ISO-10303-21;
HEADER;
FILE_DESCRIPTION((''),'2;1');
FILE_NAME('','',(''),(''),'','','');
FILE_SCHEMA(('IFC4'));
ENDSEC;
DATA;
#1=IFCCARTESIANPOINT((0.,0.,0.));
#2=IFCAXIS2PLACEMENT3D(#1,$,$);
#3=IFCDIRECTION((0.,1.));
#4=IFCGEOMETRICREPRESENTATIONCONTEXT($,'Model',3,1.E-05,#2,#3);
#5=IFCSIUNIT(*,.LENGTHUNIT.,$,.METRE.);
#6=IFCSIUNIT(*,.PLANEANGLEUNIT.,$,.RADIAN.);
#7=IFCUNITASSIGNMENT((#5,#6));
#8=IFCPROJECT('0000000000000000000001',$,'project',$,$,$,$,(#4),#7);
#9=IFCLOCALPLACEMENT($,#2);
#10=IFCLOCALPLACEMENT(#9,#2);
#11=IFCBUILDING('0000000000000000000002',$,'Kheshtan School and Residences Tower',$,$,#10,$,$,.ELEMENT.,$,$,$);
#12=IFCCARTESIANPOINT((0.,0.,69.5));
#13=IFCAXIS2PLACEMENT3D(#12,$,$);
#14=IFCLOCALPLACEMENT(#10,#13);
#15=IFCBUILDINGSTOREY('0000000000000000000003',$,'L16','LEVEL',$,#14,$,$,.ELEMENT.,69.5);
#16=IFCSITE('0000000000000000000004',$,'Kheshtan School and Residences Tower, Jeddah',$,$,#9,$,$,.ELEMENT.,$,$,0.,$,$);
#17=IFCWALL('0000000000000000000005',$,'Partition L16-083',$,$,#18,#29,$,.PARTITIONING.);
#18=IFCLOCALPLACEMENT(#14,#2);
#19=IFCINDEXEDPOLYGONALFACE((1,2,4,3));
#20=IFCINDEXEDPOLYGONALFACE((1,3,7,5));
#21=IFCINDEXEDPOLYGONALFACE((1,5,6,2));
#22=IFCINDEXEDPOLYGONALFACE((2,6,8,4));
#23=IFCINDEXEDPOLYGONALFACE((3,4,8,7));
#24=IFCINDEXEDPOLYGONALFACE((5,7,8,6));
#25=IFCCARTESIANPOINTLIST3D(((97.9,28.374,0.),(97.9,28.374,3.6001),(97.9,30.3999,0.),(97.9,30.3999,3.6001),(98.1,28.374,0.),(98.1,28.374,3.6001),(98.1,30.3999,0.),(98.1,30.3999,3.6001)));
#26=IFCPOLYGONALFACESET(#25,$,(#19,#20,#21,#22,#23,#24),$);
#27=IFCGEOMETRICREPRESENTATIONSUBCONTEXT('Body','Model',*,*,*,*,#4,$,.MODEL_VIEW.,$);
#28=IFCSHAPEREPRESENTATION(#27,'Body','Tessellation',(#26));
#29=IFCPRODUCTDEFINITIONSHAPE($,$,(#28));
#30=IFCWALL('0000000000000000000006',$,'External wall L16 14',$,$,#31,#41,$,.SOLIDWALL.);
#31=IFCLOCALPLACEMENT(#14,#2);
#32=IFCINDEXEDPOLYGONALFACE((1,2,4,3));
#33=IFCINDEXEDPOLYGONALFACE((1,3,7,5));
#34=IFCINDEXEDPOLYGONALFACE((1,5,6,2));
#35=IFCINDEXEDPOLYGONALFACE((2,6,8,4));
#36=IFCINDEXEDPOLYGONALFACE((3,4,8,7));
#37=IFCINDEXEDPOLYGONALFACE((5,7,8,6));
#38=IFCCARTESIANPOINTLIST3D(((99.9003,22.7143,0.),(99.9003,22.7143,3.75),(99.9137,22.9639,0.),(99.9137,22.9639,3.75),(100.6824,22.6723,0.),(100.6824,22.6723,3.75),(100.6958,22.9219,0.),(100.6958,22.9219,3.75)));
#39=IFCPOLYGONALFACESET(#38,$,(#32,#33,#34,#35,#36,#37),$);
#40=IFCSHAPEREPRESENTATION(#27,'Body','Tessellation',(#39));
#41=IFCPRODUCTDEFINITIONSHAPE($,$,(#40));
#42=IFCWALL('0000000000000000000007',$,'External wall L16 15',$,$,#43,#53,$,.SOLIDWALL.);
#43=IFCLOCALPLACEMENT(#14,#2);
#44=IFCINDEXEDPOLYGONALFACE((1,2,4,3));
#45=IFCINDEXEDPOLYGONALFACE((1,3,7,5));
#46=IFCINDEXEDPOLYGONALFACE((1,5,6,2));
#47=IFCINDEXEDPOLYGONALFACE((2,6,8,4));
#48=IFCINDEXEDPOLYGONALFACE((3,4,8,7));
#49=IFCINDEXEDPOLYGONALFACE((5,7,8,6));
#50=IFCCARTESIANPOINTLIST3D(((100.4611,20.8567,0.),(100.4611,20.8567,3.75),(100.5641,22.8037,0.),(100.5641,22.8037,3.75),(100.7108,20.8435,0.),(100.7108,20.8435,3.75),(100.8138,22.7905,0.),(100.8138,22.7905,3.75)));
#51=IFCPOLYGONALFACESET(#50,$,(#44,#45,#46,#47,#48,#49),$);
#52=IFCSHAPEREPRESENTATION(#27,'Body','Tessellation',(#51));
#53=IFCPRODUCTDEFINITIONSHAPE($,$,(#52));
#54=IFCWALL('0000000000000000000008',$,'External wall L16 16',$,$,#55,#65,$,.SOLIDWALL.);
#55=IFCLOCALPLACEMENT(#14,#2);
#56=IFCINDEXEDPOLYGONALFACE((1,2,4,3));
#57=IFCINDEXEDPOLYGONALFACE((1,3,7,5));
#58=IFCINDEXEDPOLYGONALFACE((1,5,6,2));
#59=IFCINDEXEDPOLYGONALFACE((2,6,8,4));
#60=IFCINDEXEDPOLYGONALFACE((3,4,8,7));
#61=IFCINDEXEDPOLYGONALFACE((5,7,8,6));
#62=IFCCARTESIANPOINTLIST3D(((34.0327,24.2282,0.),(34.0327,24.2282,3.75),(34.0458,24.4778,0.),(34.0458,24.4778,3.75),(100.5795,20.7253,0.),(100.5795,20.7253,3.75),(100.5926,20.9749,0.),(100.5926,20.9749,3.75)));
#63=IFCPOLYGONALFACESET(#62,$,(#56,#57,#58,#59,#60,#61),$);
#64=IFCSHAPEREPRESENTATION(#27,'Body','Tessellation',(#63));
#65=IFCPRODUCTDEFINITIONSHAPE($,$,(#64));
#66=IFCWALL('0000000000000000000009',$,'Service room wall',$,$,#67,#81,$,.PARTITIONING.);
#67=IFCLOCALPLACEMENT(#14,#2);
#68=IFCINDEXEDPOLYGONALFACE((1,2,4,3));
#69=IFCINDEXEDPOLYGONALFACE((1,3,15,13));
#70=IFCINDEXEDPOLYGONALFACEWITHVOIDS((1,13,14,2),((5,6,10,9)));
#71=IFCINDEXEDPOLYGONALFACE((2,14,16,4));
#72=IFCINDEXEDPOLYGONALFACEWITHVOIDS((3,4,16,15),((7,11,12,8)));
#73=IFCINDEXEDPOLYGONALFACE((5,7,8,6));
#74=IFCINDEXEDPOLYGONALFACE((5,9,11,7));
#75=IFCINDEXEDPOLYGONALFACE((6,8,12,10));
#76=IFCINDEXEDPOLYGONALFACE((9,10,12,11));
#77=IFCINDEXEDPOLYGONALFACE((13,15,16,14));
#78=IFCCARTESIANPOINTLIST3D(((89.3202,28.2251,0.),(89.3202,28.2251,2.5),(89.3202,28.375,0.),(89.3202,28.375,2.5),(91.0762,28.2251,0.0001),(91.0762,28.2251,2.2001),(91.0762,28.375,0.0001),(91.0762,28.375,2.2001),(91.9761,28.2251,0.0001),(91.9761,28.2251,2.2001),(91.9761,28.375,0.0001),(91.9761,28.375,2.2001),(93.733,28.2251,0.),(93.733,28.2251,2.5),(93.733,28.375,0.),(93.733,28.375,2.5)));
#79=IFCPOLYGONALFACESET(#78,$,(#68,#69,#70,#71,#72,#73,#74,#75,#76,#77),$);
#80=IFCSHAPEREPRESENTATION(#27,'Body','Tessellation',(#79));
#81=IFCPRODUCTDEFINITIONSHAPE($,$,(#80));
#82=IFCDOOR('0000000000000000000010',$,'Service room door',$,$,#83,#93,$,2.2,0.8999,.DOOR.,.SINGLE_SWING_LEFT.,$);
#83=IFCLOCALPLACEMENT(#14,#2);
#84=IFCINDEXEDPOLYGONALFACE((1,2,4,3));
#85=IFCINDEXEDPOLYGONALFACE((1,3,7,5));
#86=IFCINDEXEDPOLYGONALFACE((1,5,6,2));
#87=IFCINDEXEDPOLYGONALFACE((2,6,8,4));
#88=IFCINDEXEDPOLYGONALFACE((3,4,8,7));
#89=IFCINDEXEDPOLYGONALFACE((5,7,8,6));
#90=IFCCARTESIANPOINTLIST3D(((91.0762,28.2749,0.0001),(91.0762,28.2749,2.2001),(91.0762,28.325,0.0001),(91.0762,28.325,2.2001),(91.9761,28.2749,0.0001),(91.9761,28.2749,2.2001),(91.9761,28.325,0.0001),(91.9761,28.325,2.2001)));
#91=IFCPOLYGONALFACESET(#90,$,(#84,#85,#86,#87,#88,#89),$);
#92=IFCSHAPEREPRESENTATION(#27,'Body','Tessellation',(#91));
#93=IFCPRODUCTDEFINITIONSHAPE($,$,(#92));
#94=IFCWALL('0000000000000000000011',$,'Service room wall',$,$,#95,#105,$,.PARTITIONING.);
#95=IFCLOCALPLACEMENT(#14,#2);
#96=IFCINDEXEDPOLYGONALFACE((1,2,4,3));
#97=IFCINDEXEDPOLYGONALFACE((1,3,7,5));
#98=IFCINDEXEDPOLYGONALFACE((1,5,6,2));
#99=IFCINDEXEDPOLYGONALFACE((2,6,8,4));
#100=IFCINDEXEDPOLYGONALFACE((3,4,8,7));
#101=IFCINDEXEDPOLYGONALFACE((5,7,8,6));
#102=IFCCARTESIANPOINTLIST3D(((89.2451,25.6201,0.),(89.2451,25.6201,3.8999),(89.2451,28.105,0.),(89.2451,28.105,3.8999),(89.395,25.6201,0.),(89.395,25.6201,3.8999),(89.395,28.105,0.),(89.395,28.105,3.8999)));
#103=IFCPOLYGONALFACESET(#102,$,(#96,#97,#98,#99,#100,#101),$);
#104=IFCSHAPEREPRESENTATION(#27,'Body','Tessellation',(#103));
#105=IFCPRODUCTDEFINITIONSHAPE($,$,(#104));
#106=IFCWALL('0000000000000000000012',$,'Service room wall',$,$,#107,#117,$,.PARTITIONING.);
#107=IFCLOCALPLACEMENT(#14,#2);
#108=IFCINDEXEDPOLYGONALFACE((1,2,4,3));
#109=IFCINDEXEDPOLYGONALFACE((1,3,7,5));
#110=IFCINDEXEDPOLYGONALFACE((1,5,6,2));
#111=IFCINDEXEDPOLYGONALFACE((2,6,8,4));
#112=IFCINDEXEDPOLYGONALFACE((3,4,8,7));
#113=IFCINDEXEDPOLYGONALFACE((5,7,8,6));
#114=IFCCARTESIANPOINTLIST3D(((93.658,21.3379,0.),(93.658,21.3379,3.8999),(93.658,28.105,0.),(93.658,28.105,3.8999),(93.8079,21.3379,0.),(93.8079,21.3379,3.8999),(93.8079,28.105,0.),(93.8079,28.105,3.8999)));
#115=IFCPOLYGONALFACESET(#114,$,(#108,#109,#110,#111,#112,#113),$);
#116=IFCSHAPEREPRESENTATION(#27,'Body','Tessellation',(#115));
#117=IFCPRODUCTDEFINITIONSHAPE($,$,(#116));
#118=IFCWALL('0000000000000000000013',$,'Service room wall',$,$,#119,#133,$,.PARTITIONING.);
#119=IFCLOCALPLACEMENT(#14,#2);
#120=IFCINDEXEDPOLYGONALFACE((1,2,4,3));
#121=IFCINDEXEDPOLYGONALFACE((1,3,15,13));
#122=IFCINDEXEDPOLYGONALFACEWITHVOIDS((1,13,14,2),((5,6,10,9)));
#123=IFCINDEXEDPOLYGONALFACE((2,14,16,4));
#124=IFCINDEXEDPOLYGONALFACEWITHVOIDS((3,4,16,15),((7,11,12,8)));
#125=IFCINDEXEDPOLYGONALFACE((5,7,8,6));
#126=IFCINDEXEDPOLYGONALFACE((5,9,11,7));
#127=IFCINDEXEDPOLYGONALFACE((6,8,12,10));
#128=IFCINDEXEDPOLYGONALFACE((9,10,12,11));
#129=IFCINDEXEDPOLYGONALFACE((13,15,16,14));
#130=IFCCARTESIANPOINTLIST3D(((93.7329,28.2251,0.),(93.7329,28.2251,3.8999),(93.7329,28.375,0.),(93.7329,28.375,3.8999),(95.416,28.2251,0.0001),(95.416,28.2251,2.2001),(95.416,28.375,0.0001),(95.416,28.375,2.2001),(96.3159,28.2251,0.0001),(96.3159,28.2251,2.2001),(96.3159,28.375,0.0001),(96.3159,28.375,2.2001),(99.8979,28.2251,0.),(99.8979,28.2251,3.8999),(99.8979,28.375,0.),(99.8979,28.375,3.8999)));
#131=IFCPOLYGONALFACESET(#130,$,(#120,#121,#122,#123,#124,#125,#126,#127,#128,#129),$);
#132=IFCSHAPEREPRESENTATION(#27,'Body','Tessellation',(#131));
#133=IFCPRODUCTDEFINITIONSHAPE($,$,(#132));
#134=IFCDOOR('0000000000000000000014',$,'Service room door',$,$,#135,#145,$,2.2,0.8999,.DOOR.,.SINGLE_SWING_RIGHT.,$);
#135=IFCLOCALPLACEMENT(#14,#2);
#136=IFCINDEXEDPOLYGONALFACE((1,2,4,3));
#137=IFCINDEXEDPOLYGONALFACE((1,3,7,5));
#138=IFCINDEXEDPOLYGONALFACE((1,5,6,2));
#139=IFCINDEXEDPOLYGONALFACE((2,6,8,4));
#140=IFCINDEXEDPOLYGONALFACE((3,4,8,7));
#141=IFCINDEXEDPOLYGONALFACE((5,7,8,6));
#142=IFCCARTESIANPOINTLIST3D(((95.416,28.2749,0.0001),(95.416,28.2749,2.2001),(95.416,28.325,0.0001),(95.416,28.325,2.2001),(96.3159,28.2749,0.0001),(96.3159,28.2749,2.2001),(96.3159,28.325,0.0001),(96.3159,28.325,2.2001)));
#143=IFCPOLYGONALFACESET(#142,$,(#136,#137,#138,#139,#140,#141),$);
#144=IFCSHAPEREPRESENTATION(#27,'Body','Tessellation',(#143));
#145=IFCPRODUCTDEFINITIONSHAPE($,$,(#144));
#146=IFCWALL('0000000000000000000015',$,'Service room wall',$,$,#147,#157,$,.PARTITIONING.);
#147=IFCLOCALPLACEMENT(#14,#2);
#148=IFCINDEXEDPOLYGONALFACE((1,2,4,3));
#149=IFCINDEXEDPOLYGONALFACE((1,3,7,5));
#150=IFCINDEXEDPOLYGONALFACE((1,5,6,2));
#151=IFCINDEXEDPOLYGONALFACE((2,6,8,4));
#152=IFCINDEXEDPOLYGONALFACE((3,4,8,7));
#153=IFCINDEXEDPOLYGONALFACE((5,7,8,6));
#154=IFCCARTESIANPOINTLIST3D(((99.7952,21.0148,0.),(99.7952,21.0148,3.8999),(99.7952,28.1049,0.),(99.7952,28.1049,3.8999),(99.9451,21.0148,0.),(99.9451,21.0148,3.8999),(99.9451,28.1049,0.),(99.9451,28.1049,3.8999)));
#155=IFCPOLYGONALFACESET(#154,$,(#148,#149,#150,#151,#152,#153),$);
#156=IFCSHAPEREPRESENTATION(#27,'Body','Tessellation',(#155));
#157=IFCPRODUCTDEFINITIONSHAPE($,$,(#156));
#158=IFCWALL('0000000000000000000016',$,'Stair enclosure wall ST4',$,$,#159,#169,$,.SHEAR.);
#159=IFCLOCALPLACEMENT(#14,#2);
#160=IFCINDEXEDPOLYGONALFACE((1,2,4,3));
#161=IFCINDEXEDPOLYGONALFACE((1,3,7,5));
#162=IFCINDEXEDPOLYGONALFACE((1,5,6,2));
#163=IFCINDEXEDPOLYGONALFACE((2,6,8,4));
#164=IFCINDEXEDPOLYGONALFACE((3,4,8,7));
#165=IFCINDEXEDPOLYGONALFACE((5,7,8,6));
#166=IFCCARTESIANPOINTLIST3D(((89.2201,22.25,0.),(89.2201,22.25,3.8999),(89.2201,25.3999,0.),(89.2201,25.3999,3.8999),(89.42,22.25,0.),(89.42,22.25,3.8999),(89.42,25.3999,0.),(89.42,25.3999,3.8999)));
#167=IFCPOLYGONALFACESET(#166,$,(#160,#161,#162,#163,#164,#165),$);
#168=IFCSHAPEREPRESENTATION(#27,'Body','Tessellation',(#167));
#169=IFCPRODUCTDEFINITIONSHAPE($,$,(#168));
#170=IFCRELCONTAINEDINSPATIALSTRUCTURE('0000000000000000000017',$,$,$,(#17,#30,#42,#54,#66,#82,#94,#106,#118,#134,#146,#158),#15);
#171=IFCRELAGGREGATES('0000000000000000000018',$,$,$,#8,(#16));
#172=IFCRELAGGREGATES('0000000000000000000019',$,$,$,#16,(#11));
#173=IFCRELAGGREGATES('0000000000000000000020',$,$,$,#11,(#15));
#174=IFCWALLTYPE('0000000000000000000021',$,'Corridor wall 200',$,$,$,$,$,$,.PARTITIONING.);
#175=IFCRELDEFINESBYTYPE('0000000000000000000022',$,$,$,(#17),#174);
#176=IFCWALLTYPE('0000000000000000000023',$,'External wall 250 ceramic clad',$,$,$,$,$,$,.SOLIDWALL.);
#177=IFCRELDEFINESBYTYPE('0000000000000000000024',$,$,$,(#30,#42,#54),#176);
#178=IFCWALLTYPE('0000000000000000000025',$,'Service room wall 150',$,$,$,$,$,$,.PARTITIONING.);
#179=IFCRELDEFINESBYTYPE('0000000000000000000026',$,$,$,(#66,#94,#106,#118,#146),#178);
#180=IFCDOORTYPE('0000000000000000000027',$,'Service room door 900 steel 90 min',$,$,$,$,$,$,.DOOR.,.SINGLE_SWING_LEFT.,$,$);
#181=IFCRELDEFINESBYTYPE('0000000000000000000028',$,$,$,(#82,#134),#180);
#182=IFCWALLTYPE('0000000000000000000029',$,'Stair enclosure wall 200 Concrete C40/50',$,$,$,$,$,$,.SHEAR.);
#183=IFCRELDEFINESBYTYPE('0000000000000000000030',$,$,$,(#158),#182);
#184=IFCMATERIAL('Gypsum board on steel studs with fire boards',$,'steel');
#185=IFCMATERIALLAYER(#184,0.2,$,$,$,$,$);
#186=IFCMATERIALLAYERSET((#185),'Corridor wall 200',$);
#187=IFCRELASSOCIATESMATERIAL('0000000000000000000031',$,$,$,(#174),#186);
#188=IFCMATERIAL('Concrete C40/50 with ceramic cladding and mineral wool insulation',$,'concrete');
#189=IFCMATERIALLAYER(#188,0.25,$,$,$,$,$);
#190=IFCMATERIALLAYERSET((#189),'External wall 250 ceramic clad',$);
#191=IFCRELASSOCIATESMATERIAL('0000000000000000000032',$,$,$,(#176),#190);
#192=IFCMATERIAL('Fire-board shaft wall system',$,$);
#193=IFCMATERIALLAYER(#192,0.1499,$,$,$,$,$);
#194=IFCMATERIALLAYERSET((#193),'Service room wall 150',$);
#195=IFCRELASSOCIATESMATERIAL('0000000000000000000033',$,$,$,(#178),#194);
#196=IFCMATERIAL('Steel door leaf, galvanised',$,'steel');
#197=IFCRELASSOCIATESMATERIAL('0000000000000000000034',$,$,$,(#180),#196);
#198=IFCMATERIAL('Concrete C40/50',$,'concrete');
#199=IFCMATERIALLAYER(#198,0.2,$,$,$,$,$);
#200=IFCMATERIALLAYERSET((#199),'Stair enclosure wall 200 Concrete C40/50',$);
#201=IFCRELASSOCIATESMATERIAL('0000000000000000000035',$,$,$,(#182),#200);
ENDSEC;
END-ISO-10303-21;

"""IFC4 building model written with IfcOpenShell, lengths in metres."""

from ifc_helpers import new_model, si_unit, direction, frame, frame_2d, origin, place, context, subcontext, project, spatial, rectangle, extrude, source, transform, mapped, material, layer, layer_set, type_object, element, fill, save


model = new_model("IFC4")

# Units and contexts
model_context = context("Model", 3, precision=1e-05, world=origin(), true_north=direction((0.0, 1.0)))
body_context = subcontext(model_context, "Body", "Model", "MODEL_VIEW")
ifc_project = project(units=[si_unit("LENGTHUNIT", "METRE"), si_unit("PLANEANGLEUNIT", "RADIAN")], contexts=[model_context])

# Site, building, storey
site_placement = place(None, origin())
site = spatial("IfcSite", under=ifc_project, at=site_placement, Name="Kheshtan School and Residences Tower, Jeddah", CompositionType="ELEMENT", RefElevation=0.0)
building_placement = place(site_placement, origin())
building = spatial("IfcBuilding", under=site, at=building_placement, Name="Kheshtan School and Residences Tower", CompositionType="ELEMENT")
storey_placement = place(building_placement, frame((0.0, 0.0, 69.5)))
storey = spatial("IfcBuildingStorey", under=building, at=storey_placement, Name="L16", Description="LEVEL", CompositionType="ELEMENT", Elevation=69.5)

# Walls
ifc_material_1 = material(Name="Gypsum board on steel studs with fire boards", Category="steel")
ifc_layer_1 = layer(ifc_material_1, 0.2)
ifc_layer_set_1 = layer_set([ifc_layer_1], Name="Corridor wall 200")
wall_type_1 = type_object("IfcWallType", Name="Corridor wall 200", PredefinedType="PARTITIONING", material=ifc_layer_set_1)
wall_1_placement = place(storey_placement, frame((98.0, 28.374, 0.0), z_axis=(0.0, 0.0, 1.0), x_axis=(0.0, 1.0, 0.0)))
element("IfcWall", 1, at=wall_1_placement, inside=storey, type_object=wall_type_1, Name="Partition L16-083", PredefinedType="PARTITIONING", context=body_context, shape_type="SweptSolid", body=[
    extrude(rectangle(XDim=2.0259, YDim=0.2, at=frame_2d((1.0129, 0.0))), origin(), (0.0, 0.0, 1.0), 3.6001),
])
ifc_material_2 = material(Name="Concrete C40/50 with ceramic cladding and mineral wool insulation", Category="concrete")
ifc_layer_2 = layer(ifc_material_2, 0.25)
ifc_layer_set_2 = layer_set([ifc_layer_2], Name="External wall 250 ceramic clad")
wall_type_2 = type_object("IfcWallType", Name="External wall 250 ceramic clad", PredefinedType="SOLIDWALL", material=ifc_layer_set_2)
wall_2_placement = place(storey_placement, frame((99.907, 22.8391, 0.0), z_axis=(0.0, 0.0, 1.0), x_axis=(0.998561, -0.053622, 0.0)))
element("IfcWall", 2, at=wall_2_placement, inside=storey, type_object=wall_type_2, Name="External wall L16 14", PredefinedType="SOLIDWALL", context=body_context, shape_type="SweptSolid", body=[
    extrude(rectangle(XDim=0.7832, YDim=0.25, at=frame_2d((0.3916, 0.0))), origin(), (0.0, 0.0, 1.0), 3.75),
])
wall_3_placement = place(storey_placement, frame((100.689, 22.7971, 0.0), z_axis=(0.0, 0.0, 1.0), x_axis=(-0.052841, -0.998603, 0.0)))
element("IfcWall", 3, at=wall_3_placement, inside=storey, type_object=wall_type_2, Name="External wall L16 15", PredefinedType="SOLIDWALL", context=body_context, shape_type="SweptSolid", body=[
    extrude(rectangle(XDim=1.9497, YDim=0.25, at=frame_2d((0.9749, 0.0))), origin(), (0.0, 0.0, 1.0), 3.75),
])
wall_4_placement = place(storey_placement, frame((100.5859, 20.8501, 0.0), z_axis=(0.0, 0.0, 1.0), x_axis=(-0.998617, 0.052566, 0.0)))
element("IfcWall", 4, at=wall_4_placement, inside=storey, type_object=wall_type_2, Name="External wall L16 16", PredefinedType="SOLIDWALL", context=body_context, shape_type="SweptSolid", body=[
    extrude(rectangle(XDim=66.6389, YDim=0.25, at=frame_2d((33.3193, 0.0))), origin(), (0.0, 0.0, 1.0), 3.75),
])

# Wall, opening, door
ifc_material_3 = material(Name="Fire-board shaft wall system")
ifc_layer_3 = layer(ifc_material_3, 0.1499)
ifc_layer_set_3 = layer_set([ifc_layer_3], Name="Service room wall 150")
wall_type_3 = type_object("IfcWallType", Name="Service room wall 150", PredefinedType="PARTITIONING", material=ifc_layer_set_3)
wall_5_placement = place(storey_placement, frame((89.3201, 28.3, 0.0), z_axis=(0.0, 0.0, 1.0), x_axis=(1.0, 0.0, 0.0)))
wall_5 = element("IfcWall", 5, at=wall_5_placement, inside=storey, type_object=wall_type_3, Name="Service room wall", PredefinedType="PARTITIONING", context=body_context, shape_type="SweptSolid", body=[
    extrude(rectangle(XDim=4.4128, YDim=0.1499, at=frame_2d((2.2065, 0.0))), origin(), (0.0, 0.0, 1.0), 2.5),
])
opening_1_placement = place(wall_5_placement, frame((1.7561, 0.0, 0.0)))
opening_1 = element("IfcOpeningElement", 6, at=opening_1_placement, cuts=wall_5, PredefinedType="OPENING", context=body_context, shape_type="SweptSolid", body=[
    extrude(rectangle(XDim=0.8999, YDim=2.2, at=frame_2d((0.45, 1.1001))), frame((0.0, 0.085, 0.0), z_axis=(0.0, -1.0, 0.0), x_axis=(1.0, 0.0, 0.0)), (0.0, 0.0, 1.0), 0.1699),
])
ifc_material_4 = material(Name="Steel door leaf, galvanised", Category="steel")
door_type_1 = type_object("IfcDoorType", Name="Service room door 900 steel 90 min", OperationType="SINGLE_SWING_LEFT", PredefinedType="DOOR", material=ifc_material_4)
shared_shape_1 = source(origin(), body_context, "Body", "SweptSolid", [
    extrude(rectangle(XDim=0.8999, YDim=2.2, at=frame_2d((0.45, 1.1001))), frame((0.0, 0.0249, 0.0), z_axis=(0.0, -1.0, 0.0), x_axis=(1.0, 0.0, 0.0)), (0.0, 0.0, 1.0), 0.05),
])
door_1_placement = place(opening_1_placement, origin())
door_1 = element("IfcDoor", 7, at=door_1_placement, inside=storey, type_object=door_type_1, Name="Service room door", OperationType="SINGLE_SWING_LEFT", OverallHeight=2.2, OverallWidth=0.8999, PredefinedType="DOOR", context=body_context, shape_type="MappedRepresentation", body=[
    mapped(shared_shape_1, transform((0.0, 0.0, 0.0), x_axis=(1.0, 0.0, 0.0), y_axis=(0.0, 1.0, 0.0), z_axis=(0.0, 0.0, 1.0), scale=1.0)),
])
fill(opening_1, door_1)

# Walls
wall_6_placement = place(storey_placement, frame((89.3201, 25.6201, 0.0), z_axis=(0.0, 0.0, 1.0), x_axis=(0.0, 1.0, 0.0)))
element("IfcWall", 8, at=wall_6_placement, inside=storey, type_object=wall_type_3, Name="Service room wall", PredefinedType="PARTITIONING", context=body_context, shape_type="SweptSolid", body=[
    extrude(rectangle(XDim=2.4849, YDim=0.1499, at=frame_2d((1.2424, 0.0))), origin(), (0.0, 0.0, 1.0), 3.8999),
])
wall_7_placement = place(storey_placement, frame((93.7329, 21.3379, 0.0), z_axis=(0.0, 0.0, 1.0), x_axis=(0.0, 1.0, 0.0)))
element("IfcWall", 9, at=wall_7_placement, inside=storey, type_object=wall_type_3, Name="Service room wall", PredefinedType="PARTITIONING", context=body_context, shape_type="SweptSolid", body=[
    extrude(rectangle(XDim=6.7671, YDim=0.1499, at=frame_2d((3.3835, 0.0))), origin(), (0.0, 0.0, 1.0), 3.8999),
])

# Wall, opening, door
wall_8_placement = place(storey_placement, frame((93.7329, 28.3, 0.0), z_axis=(0.0, 0.0, 1.0), x_axis=(1.0, 0.0, 0.0)))
wall_8 = element("IfcWall", 10, at=wall_8_placement, inside=storey, type_object=wall_type_3, Name="Service room wall", PredefinedType="PARTITIONING", context=body_context, shape_type="SweptSolid", body=[
    extrude(rectangle(XDim=6.165, YDim=0.1499, at=frame_2d((3.0825, 0.0))), origin(), (0.0, 0.0, 1.0), 3.8999),
])
opening_2_placement = place(wall_8_placement, frame((1.6831, 0.0, 0.0)))
opening_2 = element("IfcOpeningElement", 11, at=opening_2_placement, cuts=wall_8, PredefinedType="OPENING", context=body_context, shape_type="SweptSolid", body=[
    extrude(rectangle(XDim=0.8999, YDim=2.2, at=frame_2d((0.45, 1.1001))), frame((0.0, 0.085, 0.0), z_axis=(0.0, -1.0, 0.0), x_axis=(1.0, 0.0, 0.0)), (0.0, 0.0, 1.0), 0.1699),
])
door_2_placement = place(opening_2_placement, origin())
door_2 = element("IfcDoor", 12, at=door_2_placement, inside=storey, type_object=door_type_1, Name="Service room door", OperationType="SINGLE_SWING_RIGHT", OverallHeight=2.2, OverallWidth=0.8999, PredefinedType="DOOR", context=body_context, shape_type="MappedRepresentation", body=[
    mapped(shared_shape_1, transform((0.0, 0.0, 0.0), x_axis=(1.0, 0.0, 0.0), y_axis=(0.0, 1.0, 0.0), z_axis=(0.0, 0.0, 1.0), scale=1.0)),
])
fill(opening_2, door_2)

# Walls
wall_9_placement = place(storey_placement, frame((99.8701, 21.0149, 0.0), z_axis=(0.0, 0.0, 1.0), x_axis=(0.0, 1.0, 0.0)))
element("IfcWall", 13, at=wall_9_placement, inside=storey, type_object=wall_type_3, Name="Service room wall", PredefinedType="PARTITIONING", context=body_context, shape_type="SweptSolid", body=[
    extrude(rectangle(XDim=7.0901, YDim=0.1499, at=frame_2d((3.5449, 0.0))), origin(), (0.0, 0.0, 1.0), 3.8999),
])
ifc_material_5 = material(Name="Concrete C40/50", Category="concrete")
ifc_layer_4 = layer(ifc_material_5, 0.2)
ifc_layer_set_4 = layer_set([ifc_layer_4], Name="Stair enclosure wall 200 Concrete C40/50")
wall_type_4 = type_object("IfcWallType", Name="Stair enclosure wall 200 Concrete C40/50", PredefinedType="SHEAR", material=ifc_layer_set_4)
wall_10_placement = place(storey_placement, frame((89.3201, 22.25, 0.0), z_axis=(0.0, 0.0, 1.0), x_axis=(0.0, 1.0, 0.0)))
element("IfcWall", 14, at=wall_10_placement, inside=storey, type_object=wall_type_4, Name="Stair enclosure wall ST4", PredefinedType="SHEAR", context=body_context, shape_type="SweptSolid", body=[
    extrude(rectangle(XDim=3.1499, YDim=0.2, at=frame_2d((1.575, 0.0))), origin(), (0.0, 0.0, 1.0), 3.8999),
])

save(model, "model.ifc")
